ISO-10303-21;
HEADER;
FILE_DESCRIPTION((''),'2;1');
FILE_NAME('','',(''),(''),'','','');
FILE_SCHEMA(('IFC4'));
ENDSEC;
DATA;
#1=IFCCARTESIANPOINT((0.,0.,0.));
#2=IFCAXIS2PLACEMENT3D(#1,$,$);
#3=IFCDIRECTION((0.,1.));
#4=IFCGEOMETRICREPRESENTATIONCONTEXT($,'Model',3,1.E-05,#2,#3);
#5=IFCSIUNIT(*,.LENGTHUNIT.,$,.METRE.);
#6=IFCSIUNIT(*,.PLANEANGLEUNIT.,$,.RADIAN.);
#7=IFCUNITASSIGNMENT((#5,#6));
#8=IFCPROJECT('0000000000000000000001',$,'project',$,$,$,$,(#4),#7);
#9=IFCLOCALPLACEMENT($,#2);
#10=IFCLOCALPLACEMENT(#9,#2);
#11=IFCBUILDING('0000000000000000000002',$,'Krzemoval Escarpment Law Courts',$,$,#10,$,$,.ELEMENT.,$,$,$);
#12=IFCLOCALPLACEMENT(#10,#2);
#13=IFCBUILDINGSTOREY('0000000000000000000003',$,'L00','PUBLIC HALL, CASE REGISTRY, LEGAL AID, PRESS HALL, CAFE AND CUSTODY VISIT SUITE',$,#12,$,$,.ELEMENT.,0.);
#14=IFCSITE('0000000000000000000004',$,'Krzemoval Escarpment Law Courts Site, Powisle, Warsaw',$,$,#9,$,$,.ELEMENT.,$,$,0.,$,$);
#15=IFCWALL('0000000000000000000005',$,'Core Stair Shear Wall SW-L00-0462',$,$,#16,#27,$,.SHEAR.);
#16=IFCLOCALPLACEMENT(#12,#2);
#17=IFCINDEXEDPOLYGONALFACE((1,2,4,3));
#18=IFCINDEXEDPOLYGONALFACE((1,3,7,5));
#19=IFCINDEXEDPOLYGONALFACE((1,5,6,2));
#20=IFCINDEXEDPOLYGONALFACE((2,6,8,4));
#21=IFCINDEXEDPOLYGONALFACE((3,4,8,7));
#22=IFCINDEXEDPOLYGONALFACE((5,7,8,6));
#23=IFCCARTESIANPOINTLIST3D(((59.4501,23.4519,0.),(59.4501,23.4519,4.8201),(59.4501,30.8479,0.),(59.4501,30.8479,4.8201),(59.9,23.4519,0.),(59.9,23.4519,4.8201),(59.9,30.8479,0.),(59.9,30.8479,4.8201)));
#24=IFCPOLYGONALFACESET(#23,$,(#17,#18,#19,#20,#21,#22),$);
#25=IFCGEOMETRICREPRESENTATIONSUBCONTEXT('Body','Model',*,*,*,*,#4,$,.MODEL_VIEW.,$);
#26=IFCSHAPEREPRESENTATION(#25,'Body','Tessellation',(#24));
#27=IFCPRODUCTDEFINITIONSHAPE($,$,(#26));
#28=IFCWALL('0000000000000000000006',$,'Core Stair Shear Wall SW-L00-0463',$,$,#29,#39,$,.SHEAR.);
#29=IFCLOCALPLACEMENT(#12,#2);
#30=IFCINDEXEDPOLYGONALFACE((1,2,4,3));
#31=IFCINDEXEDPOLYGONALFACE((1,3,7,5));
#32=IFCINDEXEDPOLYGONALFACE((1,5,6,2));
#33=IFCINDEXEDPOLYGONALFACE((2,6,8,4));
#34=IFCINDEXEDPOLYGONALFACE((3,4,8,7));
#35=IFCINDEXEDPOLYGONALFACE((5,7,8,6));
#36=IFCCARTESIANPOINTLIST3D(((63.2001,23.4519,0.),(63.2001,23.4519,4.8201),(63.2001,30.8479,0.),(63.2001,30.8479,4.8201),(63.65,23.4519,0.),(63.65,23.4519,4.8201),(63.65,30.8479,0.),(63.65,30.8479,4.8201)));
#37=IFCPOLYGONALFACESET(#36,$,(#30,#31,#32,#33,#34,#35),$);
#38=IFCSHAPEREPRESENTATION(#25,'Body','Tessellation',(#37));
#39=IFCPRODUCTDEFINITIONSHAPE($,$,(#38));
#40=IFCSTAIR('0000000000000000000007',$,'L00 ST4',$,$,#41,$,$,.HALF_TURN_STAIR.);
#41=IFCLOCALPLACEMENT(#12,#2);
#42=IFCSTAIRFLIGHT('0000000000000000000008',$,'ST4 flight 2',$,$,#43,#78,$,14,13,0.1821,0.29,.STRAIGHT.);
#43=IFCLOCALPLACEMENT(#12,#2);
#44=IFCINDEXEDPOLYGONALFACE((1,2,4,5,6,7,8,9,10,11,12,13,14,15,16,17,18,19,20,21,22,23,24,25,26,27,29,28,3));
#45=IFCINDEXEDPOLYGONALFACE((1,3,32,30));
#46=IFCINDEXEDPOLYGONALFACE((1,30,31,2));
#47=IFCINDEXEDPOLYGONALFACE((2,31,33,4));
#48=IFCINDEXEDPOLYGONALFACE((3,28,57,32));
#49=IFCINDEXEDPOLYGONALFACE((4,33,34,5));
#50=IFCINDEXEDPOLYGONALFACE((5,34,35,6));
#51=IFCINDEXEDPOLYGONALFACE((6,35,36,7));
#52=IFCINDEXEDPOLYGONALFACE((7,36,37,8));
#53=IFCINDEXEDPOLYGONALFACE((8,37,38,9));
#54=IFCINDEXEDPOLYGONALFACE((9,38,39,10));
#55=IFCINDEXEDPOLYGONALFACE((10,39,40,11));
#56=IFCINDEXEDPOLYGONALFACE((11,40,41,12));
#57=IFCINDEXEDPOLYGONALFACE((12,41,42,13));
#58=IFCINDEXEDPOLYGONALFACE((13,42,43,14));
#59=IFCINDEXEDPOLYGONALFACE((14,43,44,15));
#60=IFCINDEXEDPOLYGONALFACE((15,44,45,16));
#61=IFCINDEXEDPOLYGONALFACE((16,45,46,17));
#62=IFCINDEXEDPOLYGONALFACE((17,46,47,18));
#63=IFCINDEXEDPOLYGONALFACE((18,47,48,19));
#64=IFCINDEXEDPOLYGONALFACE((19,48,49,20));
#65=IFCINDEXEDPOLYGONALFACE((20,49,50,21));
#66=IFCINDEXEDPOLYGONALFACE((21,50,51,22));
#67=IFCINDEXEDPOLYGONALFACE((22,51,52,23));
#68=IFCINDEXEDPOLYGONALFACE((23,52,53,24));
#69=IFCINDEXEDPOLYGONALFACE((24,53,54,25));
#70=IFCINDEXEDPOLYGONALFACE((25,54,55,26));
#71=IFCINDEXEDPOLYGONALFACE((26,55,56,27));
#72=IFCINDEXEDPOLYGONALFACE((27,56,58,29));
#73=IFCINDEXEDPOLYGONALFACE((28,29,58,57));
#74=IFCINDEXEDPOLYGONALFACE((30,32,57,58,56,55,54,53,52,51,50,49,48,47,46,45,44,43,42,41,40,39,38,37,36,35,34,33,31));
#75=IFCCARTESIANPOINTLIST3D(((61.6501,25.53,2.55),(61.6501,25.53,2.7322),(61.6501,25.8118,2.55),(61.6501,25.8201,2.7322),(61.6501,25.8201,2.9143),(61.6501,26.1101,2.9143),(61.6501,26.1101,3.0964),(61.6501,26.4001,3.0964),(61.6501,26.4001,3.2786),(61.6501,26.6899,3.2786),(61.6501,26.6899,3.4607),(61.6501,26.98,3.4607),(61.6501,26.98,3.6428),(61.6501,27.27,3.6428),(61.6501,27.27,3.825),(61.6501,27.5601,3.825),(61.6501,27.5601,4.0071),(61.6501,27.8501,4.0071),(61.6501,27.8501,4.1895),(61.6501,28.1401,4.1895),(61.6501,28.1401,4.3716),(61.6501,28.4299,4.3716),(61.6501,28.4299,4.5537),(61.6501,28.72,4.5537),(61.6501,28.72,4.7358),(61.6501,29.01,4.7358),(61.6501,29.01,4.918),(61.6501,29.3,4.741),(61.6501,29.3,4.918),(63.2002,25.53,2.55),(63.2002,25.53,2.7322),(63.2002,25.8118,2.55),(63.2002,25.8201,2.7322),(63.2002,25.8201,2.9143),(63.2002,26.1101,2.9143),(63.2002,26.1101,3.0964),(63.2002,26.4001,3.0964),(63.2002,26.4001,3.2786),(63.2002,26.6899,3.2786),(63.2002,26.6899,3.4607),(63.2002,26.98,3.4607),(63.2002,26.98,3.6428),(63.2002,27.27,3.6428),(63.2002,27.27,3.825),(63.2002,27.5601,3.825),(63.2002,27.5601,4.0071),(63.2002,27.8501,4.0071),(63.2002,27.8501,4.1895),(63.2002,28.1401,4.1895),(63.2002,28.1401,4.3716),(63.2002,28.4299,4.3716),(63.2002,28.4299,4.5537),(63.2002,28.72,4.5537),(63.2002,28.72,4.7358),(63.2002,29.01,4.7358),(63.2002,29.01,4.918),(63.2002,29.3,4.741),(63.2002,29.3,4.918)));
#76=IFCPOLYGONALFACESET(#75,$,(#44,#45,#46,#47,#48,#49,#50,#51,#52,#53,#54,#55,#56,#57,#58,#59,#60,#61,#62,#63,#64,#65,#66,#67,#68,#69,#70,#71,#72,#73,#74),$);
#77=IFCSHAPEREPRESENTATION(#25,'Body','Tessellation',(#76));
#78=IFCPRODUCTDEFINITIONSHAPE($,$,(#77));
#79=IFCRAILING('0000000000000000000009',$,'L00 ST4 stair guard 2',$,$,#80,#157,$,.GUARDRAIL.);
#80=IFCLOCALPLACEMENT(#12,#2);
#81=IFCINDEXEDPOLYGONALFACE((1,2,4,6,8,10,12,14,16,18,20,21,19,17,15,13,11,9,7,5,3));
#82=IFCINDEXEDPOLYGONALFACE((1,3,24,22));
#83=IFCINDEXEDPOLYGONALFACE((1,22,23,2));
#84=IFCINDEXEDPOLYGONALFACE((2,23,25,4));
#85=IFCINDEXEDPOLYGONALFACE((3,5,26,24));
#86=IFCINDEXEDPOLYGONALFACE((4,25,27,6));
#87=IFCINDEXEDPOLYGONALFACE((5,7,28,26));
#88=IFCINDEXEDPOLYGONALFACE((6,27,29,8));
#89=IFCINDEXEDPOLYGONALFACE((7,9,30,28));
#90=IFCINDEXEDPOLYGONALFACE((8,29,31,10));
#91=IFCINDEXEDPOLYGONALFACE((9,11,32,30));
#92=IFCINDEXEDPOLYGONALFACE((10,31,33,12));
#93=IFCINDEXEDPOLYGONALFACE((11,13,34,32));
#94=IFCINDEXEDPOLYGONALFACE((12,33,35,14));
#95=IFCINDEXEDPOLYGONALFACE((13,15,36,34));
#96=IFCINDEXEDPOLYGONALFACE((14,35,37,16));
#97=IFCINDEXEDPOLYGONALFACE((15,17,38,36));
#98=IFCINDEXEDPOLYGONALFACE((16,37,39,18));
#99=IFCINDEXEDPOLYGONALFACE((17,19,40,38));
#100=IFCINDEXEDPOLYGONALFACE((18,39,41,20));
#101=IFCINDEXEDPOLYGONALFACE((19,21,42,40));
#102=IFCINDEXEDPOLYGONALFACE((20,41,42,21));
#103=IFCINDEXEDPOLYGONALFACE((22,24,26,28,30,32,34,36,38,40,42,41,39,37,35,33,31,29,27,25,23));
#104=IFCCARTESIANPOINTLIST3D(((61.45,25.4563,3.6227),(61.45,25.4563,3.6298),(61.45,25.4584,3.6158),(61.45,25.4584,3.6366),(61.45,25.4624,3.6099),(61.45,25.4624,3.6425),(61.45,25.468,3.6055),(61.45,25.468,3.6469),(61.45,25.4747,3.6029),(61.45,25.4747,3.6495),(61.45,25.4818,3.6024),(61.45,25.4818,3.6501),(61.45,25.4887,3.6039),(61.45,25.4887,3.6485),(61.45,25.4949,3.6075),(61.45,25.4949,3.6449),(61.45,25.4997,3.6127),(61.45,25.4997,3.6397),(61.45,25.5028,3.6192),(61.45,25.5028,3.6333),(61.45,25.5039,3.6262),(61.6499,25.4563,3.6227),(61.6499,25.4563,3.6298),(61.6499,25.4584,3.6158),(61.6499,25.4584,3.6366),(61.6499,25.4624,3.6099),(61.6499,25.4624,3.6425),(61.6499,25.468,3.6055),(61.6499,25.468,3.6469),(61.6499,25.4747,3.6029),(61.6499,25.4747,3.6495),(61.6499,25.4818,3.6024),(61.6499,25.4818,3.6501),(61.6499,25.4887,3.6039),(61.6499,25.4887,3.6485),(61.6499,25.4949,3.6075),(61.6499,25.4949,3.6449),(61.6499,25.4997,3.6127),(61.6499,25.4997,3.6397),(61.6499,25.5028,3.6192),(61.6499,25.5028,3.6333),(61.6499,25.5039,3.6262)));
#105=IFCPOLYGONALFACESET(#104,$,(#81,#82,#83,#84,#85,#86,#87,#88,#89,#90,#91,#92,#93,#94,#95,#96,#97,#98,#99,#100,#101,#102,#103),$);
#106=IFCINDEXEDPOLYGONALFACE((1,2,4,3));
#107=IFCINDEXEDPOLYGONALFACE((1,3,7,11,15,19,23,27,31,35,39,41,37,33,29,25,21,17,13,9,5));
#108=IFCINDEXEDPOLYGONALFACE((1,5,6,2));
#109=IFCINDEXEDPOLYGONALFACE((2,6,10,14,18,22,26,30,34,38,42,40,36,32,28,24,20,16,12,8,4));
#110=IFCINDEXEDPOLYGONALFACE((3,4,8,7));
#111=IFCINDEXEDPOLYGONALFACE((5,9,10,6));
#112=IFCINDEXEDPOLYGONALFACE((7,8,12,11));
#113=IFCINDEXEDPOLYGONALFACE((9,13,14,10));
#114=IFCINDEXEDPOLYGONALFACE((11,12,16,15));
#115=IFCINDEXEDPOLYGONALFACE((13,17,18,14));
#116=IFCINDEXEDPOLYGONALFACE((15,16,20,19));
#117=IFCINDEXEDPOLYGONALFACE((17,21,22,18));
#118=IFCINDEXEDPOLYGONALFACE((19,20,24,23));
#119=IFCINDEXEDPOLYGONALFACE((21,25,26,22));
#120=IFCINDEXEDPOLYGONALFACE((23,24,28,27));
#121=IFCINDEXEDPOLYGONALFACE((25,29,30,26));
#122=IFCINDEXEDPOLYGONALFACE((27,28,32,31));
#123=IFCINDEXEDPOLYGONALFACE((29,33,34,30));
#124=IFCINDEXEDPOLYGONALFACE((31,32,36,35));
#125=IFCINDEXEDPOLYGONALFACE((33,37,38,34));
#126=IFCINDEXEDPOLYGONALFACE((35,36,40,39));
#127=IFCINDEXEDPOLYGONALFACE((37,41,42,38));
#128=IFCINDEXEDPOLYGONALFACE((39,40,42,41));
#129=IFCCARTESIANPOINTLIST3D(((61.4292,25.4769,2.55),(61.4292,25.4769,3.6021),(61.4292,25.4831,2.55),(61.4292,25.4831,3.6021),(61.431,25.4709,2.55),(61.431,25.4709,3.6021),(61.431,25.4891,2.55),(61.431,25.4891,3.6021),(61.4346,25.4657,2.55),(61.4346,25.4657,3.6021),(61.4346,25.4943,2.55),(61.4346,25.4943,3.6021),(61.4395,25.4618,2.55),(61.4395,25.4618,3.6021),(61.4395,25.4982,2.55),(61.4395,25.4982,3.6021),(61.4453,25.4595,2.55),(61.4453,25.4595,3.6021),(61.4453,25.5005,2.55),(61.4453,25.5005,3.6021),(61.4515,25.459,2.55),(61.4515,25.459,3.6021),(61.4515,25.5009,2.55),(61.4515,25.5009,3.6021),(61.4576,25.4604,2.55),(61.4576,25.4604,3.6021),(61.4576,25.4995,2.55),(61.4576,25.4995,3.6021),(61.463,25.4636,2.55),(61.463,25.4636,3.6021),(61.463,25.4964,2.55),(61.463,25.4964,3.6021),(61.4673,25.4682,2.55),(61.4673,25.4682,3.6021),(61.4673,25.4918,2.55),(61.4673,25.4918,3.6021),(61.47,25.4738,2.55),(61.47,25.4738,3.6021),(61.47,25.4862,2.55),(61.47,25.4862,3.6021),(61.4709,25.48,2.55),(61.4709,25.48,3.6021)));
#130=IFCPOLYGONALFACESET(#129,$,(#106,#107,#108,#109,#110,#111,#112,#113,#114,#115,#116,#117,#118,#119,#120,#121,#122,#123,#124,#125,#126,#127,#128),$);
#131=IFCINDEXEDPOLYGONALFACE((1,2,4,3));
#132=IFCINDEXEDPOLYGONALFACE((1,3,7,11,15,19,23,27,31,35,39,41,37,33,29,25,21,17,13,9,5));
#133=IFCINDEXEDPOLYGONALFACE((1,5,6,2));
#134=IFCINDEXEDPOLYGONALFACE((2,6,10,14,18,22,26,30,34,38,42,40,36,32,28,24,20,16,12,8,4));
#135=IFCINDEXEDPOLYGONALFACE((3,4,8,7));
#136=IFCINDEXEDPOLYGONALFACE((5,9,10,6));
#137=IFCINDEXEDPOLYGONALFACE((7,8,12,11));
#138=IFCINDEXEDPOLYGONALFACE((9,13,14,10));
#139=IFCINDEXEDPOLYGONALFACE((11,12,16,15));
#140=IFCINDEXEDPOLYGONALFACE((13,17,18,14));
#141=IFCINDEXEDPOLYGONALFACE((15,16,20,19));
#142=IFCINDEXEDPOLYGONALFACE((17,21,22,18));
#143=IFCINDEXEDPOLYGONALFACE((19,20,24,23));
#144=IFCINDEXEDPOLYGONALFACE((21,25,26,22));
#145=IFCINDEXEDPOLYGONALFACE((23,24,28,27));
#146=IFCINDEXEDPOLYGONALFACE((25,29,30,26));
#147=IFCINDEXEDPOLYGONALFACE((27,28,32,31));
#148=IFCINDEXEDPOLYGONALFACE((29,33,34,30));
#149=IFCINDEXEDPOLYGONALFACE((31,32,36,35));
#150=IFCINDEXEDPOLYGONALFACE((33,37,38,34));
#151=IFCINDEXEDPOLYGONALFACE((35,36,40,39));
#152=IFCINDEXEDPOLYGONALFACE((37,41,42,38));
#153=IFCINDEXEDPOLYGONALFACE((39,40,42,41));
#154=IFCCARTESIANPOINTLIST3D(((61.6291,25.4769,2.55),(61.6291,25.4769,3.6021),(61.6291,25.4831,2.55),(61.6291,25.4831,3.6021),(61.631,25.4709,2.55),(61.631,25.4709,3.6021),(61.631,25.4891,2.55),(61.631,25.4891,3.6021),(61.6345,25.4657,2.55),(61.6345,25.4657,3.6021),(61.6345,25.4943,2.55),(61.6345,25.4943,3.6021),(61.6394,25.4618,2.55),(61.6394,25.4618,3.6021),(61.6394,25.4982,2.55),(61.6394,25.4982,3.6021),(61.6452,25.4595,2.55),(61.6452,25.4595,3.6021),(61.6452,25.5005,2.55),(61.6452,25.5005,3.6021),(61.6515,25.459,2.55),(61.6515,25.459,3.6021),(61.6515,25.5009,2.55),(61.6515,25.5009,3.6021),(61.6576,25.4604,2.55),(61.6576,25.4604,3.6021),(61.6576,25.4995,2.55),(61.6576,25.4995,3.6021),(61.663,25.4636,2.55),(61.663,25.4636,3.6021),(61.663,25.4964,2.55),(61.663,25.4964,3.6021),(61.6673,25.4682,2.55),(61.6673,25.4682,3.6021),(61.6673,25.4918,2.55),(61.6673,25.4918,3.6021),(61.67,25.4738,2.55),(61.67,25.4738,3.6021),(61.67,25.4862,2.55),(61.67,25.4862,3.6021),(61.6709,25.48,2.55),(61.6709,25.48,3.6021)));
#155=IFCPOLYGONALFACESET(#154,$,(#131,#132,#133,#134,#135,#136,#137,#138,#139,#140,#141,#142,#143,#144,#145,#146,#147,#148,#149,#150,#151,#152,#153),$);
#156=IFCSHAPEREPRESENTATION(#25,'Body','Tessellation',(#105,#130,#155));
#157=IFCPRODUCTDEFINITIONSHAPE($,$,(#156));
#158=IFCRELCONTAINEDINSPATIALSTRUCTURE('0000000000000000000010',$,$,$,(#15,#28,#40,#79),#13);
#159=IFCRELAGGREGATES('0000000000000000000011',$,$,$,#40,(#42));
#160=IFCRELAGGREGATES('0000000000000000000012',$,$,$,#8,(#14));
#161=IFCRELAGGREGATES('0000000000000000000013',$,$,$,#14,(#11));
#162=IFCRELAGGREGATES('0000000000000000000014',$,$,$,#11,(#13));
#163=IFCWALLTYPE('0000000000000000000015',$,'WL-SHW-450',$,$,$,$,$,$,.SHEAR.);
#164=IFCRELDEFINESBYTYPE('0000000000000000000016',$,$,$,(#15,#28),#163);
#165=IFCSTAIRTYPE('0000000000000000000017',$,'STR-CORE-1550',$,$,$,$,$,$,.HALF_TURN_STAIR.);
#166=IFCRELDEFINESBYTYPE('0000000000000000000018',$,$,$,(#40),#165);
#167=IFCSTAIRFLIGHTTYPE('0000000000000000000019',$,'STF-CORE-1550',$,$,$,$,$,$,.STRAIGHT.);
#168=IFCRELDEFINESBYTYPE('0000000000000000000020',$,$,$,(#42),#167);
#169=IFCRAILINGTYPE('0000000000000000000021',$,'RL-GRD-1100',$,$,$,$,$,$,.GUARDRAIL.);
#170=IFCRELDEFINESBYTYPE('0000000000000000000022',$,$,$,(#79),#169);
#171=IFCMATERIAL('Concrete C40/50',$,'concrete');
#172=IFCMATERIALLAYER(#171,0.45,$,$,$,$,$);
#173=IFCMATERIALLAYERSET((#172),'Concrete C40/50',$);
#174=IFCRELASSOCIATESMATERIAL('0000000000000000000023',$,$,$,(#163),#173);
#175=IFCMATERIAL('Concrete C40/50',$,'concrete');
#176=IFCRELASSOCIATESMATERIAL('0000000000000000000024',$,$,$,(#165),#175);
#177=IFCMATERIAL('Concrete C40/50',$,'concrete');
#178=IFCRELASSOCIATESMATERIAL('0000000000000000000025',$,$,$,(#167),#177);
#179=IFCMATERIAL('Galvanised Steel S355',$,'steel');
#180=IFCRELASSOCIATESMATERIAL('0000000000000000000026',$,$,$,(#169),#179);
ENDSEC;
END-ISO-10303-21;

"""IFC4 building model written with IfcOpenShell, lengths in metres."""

from ifc_helpers import new_model, si_unit, direction, frame, frame_2d, origin, origin_2d, place, context, subcontext, project, spatial, polyline, rectangle, circle, outline, extrude, material, layer, layer_set, type_object, element, aggregate, save


model = new_model("IFC4")

# Units and contexts
model_context = context("Model", 3, precision=1e-05, world=origin(), true_north=direction((0.0, 1.0)))
body_context = subcontext(model_context, "Body", "Model", "MODEL_VIEW")
ifc_project = project(units=[si_unit("LENGTHUNIT", "METRE"), si_unit("PLANEANGLEUNIT", "RADIAN")], contexts=[model_context])

# Site, building, storey
site_placement = place(None, origin())
site = spatial("IfcSite", under=ifc_project, at=site_placement, Name="Krzemoval Escarpment Law Courts Site, Powisle, Warsaw", CompositionType="ELEMENT", RefElevation=0.0)
building_placement = place(site_placement, origin())
building = spatial("IfcBuilding", under=site, at=building_placement, Name="Krzemoval Escarpment Law Courts", CompositionType="ELEMENT")
storey_placement = place(building_placement, origin())
storey = spatial("IfcBuildingStorey", under=building, at=storey_placement, Name="L00", Description="PUBLIC HALL, CASE REGISTRY, LEGAL AID, PRESS HALL, CAFE AND CUSTODY VISIT SUITE", CompositionType="ELEMENT", Elevation=0.0)

# Walls
ifc_material_1 = material(Name="Concrete C40/50", Category="concrete")
ifc_layer_1 = layer(ifc_material_1, 0.45)
ifc_layer_set_1 = layer_set([ifc_layer_1], Name="Concrete C40/50")
wall_type_1 = type_object("IfcWallType", Name="WL-SHW-450", PredefinedType="SHEAR", material=ifc_layer_set_1)
for number, where, z_axis, x_axis, name in (
    (1, (59.675, 23.4519, 0.0), (0.0, 0.0, 1.0), (0.0, 1.0, 0.0), "Core Stair Shear Wall SW-L00-0462"),
    (2, (63.425, 23.4519, 0.0), (0.0, 0.0, 1.0), (0.0, 1.0, 0.0), "Core Stair Shear Wall SW-L00-0463"),
):
    element("IfcWall", number, at=place(storey_placement, frame(where, z_axis=z_axis, x_axis=x_axis)), inside=storey, type_object=wall_type_1, Name=name, PredefinedType="SHEAR", context=body_context, shape_type="SweptSolid", body=[
        extrude(rectangle(XDim=7.396, YDim=0.45, at=frame_2d((3.698, 0.0))), origin(), (0.0, 0.0, 1.0), 4.8201),
    ])

# Stair, stair flight
ifc_material_2 = material(Name="Concrete C40/50", Category="concrete")
stair_type = type_object("IfcStairType", Name="STR-CORE-1550", PredefinedType="HALF_TURN_STAIR", material=ifc_material_2)
stair_placement = place(storey_placement, origin())
stair = element("IfcStair", 3, at=stair_placement, inside=storey, type_object=stair_type, Name="L00 ST4", PredefinedType="HALF_TURN_STAIR")
ifc_material_3 = material(Name="Concrete C40/50", Category="concrete")
stair_flight_type = type_object("IfcStairFlightType", Name="STF-CORE-1550", PredefinedType="STRAIGHT", material=ifc_material_3)
stair_flight_placement = place(storey_placement, frame((62.425, 25.53, 2.55), z_axis=(0.0, 0.0, 1.0), x_axis=(0.0, 1.0, 0.0)))
stair_flight = element("IfcStairFlight", 4, at=stair_flight_placement, type_object=stair_flight_type, Name="ST4 flight 2", NumberOfRisers=14, NumberOfTreads=13, PredefinedType="STRAIGHT", RiserHeight=0.1821, TreadLength=0.29, context=body_context, shape_type="SweptSolid", body=[
    extrude(outline(polyline([(0.0, 0.0), (0.0, 0.1821), (0.29, 0.1821), (0.29, 0.3643), (0.5801, 0.3643), (0.5801, 0.5464), (0.8701, 0.5464), (0.8701, 0.7285), (1.1599, 0.7285), (1.1599, 0.9106), (1.45, 0.9106), (1.45, 1.0928), (1.74, 1.0928), (1.74, 1.2749), (2.03, 1.2749), (2.03, 1.457), (2.3201, 1.457), (2.3201, 1.6394), (2.6101, 1.6394), (2.6101, 1.8215), (2.8999, 1.8215), (2.8999, 2.0037), (3.1899, 2.0037), (3.1899, 2.1858), (3.48, 2.1858), (3.48, 2.3679), (3.77, 2.3679), (3.77, 2.55), (3.77, 2.1909), (0.2817, 0.0), (0.0, 0.0)])), frame((0.0, 0.7749, 0.0), z_axis=(0.0, -1.0, 0.0), x_axis=(1.0, 0.0, 0.0)), (0.0, 0.0, 1.0), 1.55),
])
aggregate(stair, [stair_flight])

# Railing
ifc_material_4 = material(Name="Galvanised Steel S355", Category="steel")
railing_type_1 = type_object("IfcRailingType", Name="RL-GRD-1100", PredefinedType="GUARDRAIL", material=ifc_material_4)
railing_1_placement = place(storey_placement, frame((61.45, 25.48, 2.55)))
element("IfcRailing", 5, at=railing_1_placement, inside=storey, type_object=railing_type_1, Name="L00 ST4 stair guard 2", PredefinedType="GUARDRAIL", context=body_context, shape_type="SweptSolid", body=[
    extrude(circle(Radius=0.0239, at=origin_2d()), frame((0.0, 0.0, 1.0762), z_axis=(1.0, 0.0, 0.0), x_axis=(0.0, 1.0, 0.0)), (0.0, 0.0, 1.0), 0.2),
    extrude(circle(Radius=0.021, at=origin_2d()), origin(), (0.0, 0.0, 1.0), 1.052),
    extrude(circle(Radius=0.021, at=origin_2d()), frame((0.2, 0.0, 0.0)), (0.0, 0.0, 1.0), 1.052),
])

save(model, "model.ifc")
